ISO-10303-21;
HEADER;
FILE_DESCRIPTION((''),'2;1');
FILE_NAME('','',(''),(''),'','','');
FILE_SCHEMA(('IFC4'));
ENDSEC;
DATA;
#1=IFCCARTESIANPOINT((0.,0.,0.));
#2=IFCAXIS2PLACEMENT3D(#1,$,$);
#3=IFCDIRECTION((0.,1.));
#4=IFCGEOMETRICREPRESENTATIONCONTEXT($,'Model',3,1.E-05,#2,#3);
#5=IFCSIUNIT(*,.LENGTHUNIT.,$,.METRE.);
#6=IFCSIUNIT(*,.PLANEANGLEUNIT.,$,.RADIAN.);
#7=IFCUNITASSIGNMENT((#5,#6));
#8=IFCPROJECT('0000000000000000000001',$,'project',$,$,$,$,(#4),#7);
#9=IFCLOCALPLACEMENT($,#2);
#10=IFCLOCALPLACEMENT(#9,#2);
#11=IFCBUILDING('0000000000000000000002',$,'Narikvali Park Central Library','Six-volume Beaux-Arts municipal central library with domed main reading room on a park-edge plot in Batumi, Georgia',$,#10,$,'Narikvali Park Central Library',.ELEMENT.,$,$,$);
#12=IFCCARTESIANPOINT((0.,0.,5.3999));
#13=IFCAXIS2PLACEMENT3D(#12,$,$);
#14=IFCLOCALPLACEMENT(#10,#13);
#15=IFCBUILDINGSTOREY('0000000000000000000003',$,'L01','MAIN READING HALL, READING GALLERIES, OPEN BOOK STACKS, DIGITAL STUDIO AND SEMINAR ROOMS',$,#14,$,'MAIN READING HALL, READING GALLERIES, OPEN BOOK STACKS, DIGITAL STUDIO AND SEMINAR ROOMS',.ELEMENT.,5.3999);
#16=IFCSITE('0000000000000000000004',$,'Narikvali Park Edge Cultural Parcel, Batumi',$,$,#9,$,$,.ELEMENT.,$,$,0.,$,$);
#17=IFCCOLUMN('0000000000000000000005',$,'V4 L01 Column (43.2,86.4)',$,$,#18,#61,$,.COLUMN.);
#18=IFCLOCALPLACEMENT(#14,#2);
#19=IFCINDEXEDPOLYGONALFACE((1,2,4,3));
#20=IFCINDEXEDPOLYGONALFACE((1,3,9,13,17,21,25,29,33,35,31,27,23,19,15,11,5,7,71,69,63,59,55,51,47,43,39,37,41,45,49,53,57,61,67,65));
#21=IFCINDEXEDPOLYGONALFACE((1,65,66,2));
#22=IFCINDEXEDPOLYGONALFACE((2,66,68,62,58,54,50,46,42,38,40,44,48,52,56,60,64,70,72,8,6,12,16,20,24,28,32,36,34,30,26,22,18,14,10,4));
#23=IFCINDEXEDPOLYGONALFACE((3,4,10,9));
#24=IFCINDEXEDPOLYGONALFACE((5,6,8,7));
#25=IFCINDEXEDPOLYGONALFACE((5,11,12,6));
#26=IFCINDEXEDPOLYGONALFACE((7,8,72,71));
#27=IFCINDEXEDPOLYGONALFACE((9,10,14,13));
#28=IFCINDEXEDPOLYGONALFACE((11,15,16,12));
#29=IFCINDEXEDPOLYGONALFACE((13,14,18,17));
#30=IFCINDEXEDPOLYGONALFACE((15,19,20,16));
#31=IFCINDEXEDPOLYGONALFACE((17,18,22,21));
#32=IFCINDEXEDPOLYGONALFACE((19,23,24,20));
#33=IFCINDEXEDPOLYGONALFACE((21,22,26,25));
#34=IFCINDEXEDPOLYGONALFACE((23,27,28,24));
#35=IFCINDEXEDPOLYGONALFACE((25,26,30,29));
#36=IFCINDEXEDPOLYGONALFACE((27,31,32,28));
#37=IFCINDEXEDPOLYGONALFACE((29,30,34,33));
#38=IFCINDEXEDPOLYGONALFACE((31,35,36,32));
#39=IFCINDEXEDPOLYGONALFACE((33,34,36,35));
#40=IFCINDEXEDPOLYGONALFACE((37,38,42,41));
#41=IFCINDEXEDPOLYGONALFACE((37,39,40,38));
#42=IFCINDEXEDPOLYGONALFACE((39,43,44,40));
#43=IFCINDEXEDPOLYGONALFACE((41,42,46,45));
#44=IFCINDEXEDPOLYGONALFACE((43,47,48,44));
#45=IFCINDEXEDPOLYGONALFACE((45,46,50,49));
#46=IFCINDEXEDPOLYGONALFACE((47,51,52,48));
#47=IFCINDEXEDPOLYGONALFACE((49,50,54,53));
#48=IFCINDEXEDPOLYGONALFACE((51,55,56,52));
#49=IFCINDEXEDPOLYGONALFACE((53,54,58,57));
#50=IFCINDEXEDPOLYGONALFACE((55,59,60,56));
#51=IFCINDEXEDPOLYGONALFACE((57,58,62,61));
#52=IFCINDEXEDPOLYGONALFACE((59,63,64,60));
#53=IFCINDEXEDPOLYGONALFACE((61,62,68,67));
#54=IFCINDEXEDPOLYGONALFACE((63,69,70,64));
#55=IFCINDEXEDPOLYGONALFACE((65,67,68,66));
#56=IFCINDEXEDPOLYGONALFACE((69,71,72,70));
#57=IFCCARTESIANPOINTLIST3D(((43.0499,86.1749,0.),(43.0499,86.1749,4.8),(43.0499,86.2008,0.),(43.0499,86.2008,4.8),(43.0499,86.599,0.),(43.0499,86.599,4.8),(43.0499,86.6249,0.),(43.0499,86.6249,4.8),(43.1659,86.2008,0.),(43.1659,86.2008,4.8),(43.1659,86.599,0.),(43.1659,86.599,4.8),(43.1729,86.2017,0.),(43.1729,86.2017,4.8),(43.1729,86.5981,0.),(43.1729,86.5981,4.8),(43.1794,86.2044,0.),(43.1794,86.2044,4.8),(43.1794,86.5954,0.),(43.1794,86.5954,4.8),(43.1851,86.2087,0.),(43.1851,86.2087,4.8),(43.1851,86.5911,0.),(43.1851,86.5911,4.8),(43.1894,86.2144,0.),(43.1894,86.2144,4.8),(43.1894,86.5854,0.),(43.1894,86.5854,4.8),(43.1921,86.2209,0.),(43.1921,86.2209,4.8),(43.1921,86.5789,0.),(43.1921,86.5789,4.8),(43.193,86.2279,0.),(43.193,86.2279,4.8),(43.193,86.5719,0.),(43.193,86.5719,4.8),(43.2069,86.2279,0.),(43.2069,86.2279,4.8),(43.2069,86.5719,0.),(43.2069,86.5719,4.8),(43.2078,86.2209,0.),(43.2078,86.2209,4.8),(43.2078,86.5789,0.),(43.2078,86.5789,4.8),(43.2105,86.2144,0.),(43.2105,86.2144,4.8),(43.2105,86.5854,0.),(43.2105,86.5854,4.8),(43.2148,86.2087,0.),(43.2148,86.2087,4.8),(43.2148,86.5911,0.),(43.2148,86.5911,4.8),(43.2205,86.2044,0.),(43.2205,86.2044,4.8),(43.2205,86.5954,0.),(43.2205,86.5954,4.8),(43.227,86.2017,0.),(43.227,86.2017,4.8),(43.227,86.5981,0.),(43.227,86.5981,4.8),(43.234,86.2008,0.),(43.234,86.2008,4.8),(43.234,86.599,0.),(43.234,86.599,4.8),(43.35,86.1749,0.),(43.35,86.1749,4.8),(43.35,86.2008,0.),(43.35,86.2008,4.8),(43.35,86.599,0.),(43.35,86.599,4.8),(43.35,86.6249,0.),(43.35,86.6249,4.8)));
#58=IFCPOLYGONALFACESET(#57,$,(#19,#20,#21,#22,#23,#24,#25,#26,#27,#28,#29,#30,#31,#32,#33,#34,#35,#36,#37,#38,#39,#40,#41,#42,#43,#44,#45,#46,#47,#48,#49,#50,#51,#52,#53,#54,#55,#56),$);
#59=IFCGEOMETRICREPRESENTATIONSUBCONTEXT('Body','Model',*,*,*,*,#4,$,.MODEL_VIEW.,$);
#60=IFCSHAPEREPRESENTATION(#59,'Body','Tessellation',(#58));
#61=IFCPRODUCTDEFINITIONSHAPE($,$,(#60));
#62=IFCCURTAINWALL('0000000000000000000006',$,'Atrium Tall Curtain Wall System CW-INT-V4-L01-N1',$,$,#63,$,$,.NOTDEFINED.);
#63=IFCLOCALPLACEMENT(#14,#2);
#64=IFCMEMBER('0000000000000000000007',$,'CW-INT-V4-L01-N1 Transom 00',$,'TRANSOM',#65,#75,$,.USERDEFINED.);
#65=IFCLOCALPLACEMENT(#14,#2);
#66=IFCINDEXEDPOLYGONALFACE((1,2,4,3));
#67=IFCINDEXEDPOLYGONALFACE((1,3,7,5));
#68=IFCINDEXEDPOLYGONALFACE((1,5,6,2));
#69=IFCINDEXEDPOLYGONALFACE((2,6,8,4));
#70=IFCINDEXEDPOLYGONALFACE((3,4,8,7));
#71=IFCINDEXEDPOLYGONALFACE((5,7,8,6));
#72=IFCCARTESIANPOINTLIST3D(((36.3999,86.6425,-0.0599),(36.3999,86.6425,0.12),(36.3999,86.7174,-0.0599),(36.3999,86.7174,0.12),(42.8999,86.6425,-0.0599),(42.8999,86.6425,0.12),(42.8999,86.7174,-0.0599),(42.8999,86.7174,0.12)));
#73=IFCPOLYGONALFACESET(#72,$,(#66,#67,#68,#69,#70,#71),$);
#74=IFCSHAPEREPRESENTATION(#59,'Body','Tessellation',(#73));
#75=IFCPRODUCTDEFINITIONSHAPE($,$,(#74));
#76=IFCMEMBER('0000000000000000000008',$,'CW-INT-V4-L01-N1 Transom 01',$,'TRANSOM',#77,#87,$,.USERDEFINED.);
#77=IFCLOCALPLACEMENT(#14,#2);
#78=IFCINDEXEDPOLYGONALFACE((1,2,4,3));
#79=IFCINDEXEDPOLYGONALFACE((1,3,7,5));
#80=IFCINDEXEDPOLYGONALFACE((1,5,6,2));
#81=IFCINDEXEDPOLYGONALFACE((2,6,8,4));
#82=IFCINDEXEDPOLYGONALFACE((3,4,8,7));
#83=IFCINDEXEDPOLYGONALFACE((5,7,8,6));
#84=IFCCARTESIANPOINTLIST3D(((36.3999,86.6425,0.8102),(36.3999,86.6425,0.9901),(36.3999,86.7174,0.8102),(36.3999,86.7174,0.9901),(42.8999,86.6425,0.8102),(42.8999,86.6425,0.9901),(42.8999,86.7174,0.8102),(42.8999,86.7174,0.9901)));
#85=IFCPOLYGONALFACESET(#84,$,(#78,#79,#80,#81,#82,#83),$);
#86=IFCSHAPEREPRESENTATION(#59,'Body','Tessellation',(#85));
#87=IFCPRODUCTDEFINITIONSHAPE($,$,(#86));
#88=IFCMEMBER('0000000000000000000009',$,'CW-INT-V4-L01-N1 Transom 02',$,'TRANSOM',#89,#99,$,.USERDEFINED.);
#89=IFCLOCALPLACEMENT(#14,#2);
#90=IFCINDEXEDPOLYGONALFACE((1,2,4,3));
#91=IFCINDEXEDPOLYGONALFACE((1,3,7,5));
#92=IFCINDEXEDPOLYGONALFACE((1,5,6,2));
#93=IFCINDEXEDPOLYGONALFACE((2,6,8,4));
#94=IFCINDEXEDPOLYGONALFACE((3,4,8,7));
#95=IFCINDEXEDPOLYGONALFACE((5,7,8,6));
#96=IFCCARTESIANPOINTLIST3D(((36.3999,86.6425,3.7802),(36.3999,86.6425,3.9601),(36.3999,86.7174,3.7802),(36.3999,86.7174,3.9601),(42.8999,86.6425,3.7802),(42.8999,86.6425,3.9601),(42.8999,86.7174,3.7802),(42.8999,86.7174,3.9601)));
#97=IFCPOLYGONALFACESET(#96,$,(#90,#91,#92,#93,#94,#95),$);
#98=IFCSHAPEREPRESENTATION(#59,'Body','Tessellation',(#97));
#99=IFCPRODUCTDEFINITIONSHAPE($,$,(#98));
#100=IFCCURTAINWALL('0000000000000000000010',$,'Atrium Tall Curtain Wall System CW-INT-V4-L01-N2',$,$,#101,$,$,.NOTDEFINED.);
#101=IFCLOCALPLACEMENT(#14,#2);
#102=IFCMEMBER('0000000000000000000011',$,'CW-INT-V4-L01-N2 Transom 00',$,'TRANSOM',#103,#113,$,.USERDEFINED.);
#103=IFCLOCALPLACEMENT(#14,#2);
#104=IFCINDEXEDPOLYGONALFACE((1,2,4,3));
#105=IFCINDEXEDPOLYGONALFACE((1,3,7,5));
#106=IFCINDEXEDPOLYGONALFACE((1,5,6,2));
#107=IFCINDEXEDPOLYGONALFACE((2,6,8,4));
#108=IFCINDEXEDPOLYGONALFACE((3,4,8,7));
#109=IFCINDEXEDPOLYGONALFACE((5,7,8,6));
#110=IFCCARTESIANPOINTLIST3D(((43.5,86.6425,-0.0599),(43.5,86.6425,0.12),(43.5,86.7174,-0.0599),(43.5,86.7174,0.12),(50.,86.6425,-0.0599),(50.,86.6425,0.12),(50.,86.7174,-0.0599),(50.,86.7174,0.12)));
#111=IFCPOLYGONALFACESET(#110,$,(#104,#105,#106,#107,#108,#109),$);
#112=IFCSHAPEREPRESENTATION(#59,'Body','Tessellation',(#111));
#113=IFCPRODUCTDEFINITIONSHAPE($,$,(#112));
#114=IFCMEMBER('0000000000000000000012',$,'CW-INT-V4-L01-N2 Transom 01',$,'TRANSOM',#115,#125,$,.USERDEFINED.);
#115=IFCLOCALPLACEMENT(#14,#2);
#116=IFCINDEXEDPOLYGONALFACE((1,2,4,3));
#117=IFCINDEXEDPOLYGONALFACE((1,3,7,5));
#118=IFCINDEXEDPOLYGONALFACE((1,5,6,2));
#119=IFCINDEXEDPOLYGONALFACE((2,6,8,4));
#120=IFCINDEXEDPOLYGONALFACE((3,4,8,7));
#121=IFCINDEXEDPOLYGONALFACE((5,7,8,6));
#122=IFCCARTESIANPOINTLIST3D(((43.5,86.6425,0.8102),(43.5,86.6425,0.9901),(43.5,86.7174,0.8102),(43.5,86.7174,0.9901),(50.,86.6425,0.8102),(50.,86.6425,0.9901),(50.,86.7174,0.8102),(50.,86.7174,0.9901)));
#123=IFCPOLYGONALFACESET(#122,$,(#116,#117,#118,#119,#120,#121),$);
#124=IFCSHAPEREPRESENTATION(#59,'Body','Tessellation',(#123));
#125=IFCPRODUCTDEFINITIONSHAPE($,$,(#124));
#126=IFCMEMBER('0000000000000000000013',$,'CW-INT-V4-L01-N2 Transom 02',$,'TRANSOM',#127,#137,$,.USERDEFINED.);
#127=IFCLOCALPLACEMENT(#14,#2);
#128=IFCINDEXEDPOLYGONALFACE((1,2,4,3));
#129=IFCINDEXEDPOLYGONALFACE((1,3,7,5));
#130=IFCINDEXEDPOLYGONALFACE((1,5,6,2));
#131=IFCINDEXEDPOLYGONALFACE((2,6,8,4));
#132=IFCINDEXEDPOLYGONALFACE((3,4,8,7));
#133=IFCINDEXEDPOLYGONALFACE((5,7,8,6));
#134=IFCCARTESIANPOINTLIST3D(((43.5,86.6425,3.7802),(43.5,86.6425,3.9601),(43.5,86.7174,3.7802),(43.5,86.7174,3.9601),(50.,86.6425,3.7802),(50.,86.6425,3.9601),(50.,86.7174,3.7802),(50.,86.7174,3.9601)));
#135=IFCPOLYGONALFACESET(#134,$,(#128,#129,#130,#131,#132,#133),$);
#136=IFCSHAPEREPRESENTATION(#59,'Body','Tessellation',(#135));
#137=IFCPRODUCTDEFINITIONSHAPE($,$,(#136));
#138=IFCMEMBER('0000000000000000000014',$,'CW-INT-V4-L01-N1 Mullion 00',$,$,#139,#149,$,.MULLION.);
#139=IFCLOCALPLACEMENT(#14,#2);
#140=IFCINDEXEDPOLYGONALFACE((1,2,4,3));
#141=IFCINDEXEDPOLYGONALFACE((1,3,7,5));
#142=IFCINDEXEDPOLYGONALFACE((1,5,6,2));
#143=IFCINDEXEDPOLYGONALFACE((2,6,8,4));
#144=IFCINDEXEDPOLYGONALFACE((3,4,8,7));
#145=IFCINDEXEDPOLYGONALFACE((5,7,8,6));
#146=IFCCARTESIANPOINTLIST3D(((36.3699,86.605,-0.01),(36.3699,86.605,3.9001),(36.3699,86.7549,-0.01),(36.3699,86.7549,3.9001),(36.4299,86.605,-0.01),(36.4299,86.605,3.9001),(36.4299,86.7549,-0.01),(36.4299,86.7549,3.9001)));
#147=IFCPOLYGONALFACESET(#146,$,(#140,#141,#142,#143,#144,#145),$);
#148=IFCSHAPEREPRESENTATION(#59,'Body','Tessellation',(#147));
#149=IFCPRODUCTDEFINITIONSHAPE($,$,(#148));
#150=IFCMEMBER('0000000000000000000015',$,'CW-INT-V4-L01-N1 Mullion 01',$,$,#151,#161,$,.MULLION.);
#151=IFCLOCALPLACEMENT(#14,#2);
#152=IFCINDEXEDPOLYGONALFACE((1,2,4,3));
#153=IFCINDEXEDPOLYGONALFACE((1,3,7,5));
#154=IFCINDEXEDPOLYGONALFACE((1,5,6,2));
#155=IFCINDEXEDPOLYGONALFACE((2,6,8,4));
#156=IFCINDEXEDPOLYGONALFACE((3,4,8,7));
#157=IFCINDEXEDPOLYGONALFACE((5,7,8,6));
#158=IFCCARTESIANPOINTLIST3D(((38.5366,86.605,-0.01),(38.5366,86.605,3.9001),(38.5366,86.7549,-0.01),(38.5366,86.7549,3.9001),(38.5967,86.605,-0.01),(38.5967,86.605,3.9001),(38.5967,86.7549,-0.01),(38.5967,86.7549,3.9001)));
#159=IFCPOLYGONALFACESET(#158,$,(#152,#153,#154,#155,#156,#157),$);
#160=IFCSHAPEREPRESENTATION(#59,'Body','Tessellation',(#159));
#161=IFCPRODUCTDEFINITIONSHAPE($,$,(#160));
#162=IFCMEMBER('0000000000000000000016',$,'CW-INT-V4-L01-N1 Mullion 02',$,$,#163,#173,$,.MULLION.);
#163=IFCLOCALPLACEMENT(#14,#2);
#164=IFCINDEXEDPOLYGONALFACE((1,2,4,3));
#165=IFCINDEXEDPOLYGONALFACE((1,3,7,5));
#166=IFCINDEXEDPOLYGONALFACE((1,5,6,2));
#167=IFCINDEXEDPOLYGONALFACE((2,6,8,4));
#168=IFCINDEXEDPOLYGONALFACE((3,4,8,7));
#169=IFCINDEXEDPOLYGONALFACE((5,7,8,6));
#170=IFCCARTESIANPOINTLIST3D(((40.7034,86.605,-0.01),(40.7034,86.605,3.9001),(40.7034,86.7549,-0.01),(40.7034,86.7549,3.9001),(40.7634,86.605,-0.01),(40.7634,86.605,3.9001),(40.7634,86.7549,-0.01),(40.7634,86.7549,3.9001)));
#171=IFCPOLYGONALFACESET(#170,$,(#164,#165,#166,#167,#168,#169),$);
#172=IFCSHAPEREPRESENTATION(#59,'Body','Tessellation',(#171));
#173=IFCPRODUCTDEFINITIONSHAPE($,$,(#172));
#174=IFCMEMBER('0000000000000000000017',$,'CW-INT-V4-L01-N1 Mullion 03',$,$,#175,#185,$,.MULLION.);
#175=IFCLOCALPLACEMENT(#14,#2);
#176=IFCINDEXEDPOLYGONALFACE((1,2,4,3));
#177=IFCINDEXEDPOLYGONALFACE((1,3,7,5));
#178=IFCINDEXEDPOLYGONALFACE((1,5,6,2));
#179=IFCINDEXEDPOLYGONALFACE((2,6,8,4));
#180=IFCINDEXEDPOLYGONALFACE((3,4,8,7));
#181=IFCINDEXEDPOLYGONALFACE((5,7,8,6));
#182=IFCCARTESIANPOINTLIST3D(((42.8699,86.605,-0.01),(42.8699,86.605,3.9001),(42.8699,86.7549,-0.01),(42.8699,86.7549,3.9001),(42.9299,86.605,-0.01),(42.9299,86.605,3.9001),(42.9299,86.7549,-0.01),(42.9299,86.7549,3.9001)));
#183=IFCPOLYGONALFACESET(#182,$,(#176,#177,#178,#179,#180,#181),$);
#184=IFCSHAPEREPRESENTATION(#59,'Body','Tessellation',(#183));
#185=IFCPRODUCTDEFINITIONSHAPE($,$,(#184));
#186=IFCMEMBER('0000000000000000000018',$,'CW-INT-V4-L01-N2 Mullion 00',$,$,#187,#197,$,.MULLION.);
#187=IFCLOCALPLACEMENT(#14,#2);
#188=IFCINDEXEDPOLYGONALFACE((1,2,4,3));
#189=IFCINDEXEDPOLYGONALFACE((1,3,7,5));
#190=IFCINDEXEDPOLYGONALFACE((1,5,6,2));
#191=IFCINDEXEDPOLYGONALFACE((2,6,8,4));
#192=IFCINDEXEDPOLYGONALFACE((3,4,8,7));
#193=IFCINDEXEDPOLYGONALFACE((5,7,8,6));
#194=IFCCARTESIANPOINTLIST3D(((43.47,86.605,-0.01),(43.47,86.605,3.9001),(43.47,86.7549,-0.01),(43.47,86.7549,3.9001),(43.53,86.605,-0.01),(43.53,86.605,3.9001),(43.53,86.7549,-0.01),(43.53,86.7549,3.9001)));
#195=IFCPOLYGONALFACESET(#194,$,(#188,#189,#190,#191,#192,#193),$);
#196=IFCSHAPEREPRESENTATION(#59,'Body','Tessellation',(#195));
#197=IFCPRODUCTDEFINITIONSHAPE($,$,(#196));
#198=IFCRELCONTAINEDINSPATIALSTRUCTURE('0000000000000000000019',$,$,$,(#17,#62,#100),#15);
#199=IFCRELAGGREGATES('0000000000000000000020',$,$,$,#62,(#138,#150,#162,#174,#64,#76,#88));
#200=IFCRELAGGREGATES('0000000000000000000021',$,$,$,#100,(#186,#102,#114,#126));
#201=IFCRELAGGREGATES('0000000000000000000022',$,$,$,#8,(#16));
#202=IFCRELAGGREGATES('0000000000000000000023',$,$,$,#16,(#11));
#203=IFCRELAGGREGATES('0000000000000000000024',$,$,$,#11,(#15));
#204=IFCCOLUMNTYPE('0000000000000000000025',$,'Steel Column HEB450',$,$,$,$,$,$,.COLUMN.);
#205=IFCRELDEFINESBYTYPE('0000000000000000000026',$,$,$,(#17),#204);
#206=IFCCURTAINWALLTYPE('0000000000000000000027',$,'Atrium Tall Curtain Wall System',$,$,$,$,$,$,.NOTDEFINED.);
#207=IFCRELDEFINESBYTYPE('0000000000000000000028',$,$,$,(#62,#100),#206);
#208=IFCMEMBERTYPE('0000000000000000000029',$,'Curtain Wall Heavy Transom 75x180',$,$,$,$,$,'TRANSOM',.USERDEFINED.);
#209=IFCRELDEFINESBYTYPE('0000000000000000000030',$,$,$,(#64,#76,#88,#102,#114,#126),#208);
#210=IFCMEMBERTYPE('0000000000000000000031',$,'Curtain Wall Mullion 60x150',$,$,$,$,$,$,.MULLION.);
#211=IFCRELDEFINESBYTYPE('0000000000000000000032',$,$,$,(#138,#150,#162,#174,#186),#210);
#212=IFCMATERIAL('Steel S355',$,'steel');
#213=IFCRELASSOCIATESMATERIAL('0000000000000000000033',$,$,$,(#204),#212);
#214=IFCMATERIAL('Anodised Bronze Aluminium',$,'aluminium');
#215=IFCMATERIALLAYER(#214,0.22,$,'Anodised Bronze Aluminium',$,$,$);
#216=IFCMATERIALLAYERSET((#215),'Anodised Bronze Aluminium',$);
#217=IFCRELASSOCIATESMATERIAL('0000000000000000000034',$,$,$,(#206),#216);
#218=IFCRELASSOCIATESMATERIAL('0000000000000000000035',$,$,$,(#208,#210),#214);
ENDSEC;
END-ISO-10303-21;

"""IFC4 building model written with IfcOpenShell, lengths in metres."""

from ifc_helpers import new_model, si_unit, direction, frame, origin, origin_2d, place, context, subcontext, project, spatial, rectangle, i_section, extrude, material, layer, layer_set, material_profile, profile_set, type_object, element, aggregate, save


model = new_model("IFC4")

# Units and contexts
model_context = context("Model", 3, precision=1e-05, world=origin(), true_north=direction((0.0, 1.0)))
body_context = subcontext(model_context, "Body", "Model", "MODEL_VIEW")
ifc_project = project(units=[si_unit("LENGTHUNIT", "METRE"), si_unit("PLANEANGLEUNIT", "RADIAN")], contexts=[model_context])

# Site, building, storey
site_placement = place(None, origin())
site = spatial("IfcSite", under=ifc_project, at=site_placement, Name="Narikvali Park Edge Cultural Parcel, Batumi", CompositionType="ELEMENT", RefElevation=0.0)
building_placement = place(site_placement, origin())
building = spatial("IfcBuilding", under=site, at=building_placement, Name="Narikvali Park Central Library", Description="Six-volume Beaux-Arts municipal central library with domed main reading room on a park-edge plot in Batumi, Georgia", LongName="Narikvali Park Central Library", CompositionType="ELEMENT")
storey_placement = place(building_placement, frame((0.0, 0.0, 5.3999)))
storey = spatial("IfcBuildingStorey", under=building, at=storey_placement, Name="L01", Description="MAIN READING HALL, READING GALLERIES, OPEN BOOK STACKS, DIGITAL STUDIO AND SEMINAR ROOMS", LongName="MAIN READING HALL, READING GALLERIES, OPEN BOOK STACKS, DIGITAL STUDIO AND SEMINAR ROOMS", CompositionType="ELEMENT", Elevation=5.3999)

# Column
ifc_material_1 = material(Name="Steel S355", Category="steel")
ifc_material_profile_1 = material_profile(ifc_material_1, i_section(OverallWidth=0.3, OverallDepth=0.45, WebThickness=0.0139, FlangeThickness=0.0259, FilletRadius=0.0271, at=origin_2d()), Name="HEB 450")
ifc_profile_set_1 = profile_set([ifc_material_profile_1], Name="Steel S355")
column_type = type_object("IfcColumnType", Name="Steel Column HEB450", PredefinedType="COLUMN", material=ifc_profile_set_1)
column_placement = place(storey_placement, frame((43.2, 86.3999, 0.0), z_axis=(0.0, 0.0, 1.0), x_axis=(1.0, 0.0, 0.0)))
element("IfcColumn", 1, at=column_placement, inside=storey, type_object=column_type, Name="V4 L01 Column (43.2,86.4)", PredefinedType="COLUMN", context=body_context, shape_type="SweptSolid", body=[
    extrude(i_section(OverallWidth=0.3, OverallDepth=0.45, WebThickness=0.0139, FlangeThickness=0.0259, FilletRadius=0.0271, at=origin_2d()), origin(), (0.0, 0.0, 1.0), 4.8),
])

# Curtain walls, members
ifc_material_2 = material(Name="Anodised Bronze Aluminium", Category="aluminium")
ifc_layer_1 = layer(ifc_material_2, 0.22, Name="Anodised Bronze Aluminium")
ifc_layer_set_1 = layer_set([ifc_layer_1], Name="Anodised Bronze Aluminium")
curtain_wall_type = type_object("IfcCurtainWallType", Name="Atrium Tall Curtain Wall System", PredefinedType="NOTDEFINED", material=ifc_layer_set_1)
curtain_wall_1_placement = place(storey_placement, origin())
curtain_wall_1 = element("IfcCurtainWall", 2, at=curtain_wall_1_placement, inside=storey, type_object=curtain_wall_type, Name="Atrium Tall Curtain Wall System CW-INT-V4-L01-N1", PredefinedType="NOTDEFINED")
ifc_material_profile_2 = material_profile(ifc_material_2, rectangle(XDim=0.075, YDim=0.1799, at=origin_2d()), Name="CW TRANSOM 75x180")
ifc_profile_set_2 = profile_set([ifc_material_profile_2], Name="Anodised Bronze Aluminium")
member_type_1 = type_object("IfcMemberType", Name="Curtain Wall Heavy Transom 75x180", ElementType="TRANSOM", PredefinedType="USERDEFINED", material=ifc_profile_set_2)
member_1_placement = place(storey_placement, frame((36.3999, 86.6799, 0.03), z_axis=(1.0, 0.0, 0.0), x_axis=(0.0, 1.0, 0.0)))
member_1 = element("IfcMember", 3, at=member_1_placement, type_object=member_type_1, Name="CW-INT-V4-L01-N1 Transom 00", ObjectType="TRANSOM", PredefinedType="USERDEFINED", context=body_context, shape_type="SweptSolid", body=[
    extrude(rectangle(XDim=0.075, YDim=0.1799, at=origin_2d()), origin(), (0.0, 0.0, 1.0), 6.5),
])
member_2_placement = place(storey_placement, frame((36.3999, 86.6799, 0.9001), z_axis=(1.0, 0.0, 0.0), x_axis=(0.0, 1.0, 0.0)))
member_2 = element("IfcMember", 4, at=member_2_placement, type_object=member_type_1, Name="CW-INT-V4-L01-N1 Transom 01", ObjectType="TRANSOM", PredefinedType="USERDEFINED", context=body_context, shape_type="SweptSolid", body=[
    extrude(rectangle(XDim=0.075, YDim=0.1799, at=origin_2d()), origin(), (0.0, 0.0, 1.0), 6.5),
])
member_3_placement = place(storey_placement, frame((36.3999, 86.6799, 3.8701), z_axis=(1.0, 0.0, 0.0), x_axis=(0.0, 1.0, 0.0)))
member_3 = element("IfcMember", 5, at=member_3_placement, type_object=member_type_1, Name="CW-INT-V4-L01-N1 Transom 02", ObjectType="TRANSOM", PredefinedType="USERDEFINED", context=body_context, shape_type="SweptSolid", body=[
    extrude(rectangle(XDim=0.075, YDim=0.1799, at=origin_2d()), origin(), (0.0, 0.0, 1.0), 6.5),
])
curtain_wall_2_placement = place(storey_placement, origin())
curtain_wall_2 = element("IfcCurtainWall", 6, at=curtain_wall_2_placement, inside=storey, type_object=curtain_wall_type, Name="Atrium Tall Curtain Wall System CW-INT-V4-L01-N2", PredefinedType="NOTDEFINED")
member_4_placement = place(storey_placement, frame((43.5, 86.6799, 0.03), z_axis=(1.0, 0.0, 0.0), x_axis=(0.0, 1.0, 0.0)))
member_4 = element("IfcMember", 7, at=member_4_placement, type_object=member_type_1, Name="CW-INT-V4-L01-N2 Transom 00", ObjectType="TRANSOM", PredefinedType="USERDEFINED", context=body_context, shape_type="SweptSolid", body=[
    extrude(rectangle(XDim=0.075, YDim=0.1799, at=origin_2d()), origin(), (0.0, 0.0, 1.0), 6.5),
])
member_5_placement = place(storey_placement, frame((43.5, 86.6799, 0.9001), z_axis=(1.0, 0.0, 0.0), x_axis=(0.0, 1.0, 0.0)))
member_5 = element("IfcMember", 8, at=member_5_placement, type_object=member_type_1, Name="CW-INT-V4-L01-N2 Transom 01", ObjectType="TRANSOM", PredefinedType="USERDEFINED", context=body_context, shape_type="SweptSolid", body=[
    extrude(rectangle(XDim=0.075, YDim=0.1799, at=origin_2d()), origin(), (0.0, 0.0, 1.0), 6.5),
])
member_6_placement = place(storey_placement, frame((43.5, 86.6799, 3.8701), z_axis=(1.0, 0.0, 0.0), x_axis=(0.0, 1.0, 0.0)))
member_6 = element("IfcMember", 9, at=member_6_placement, type_object=member_type_1, Name="CW-INT-V4-L01-N2 Transom 02", ObjectType="TRANSOM", PredefinedType="USERDEFINED", context=body_context, shape_type="SweptSolid", body=[
    extrude(rectangle(XDim=0.075, YDim=0.1799, at=origin_2d()), origin(), (0.0, 0.0, 1.0), 6.5),
])

# Members
ifc_material_profile_3 = material_profile(ifc_material_2, rectangle(XDim=0.0601, YDim=0.1499, at=origin_2d()), Name="CW MULLION 60x150")
ifc_profile_set_3 = profile_set([ifc_material_profile_3], Name="Anodised Bronze Aluminium")
member_type_2 = type_object("IfcMemberType", Name="Curtain Wall Mullion 60x150", PredefinedType="MULLION", material=ifc_profile_set_3)
member_7_placement = place(storey_placement, frame((36.3999, 86.6799, -0.01), z_axis=(0.0, 0.0, 1.0), x_axis=(1.0, 0.0, 0.0)))
member_7 = element("IfcMember", 10, at=member_7_placement, type_object=member_type_2, Name="CW-INT-V4-L01-N1 Mullion 00", PredefinedType="MULLION", context=body_context, shape_type="SweptSolid", body=[
    extrude(rectangle(XDim=0.0601, YDim=0.1499, at=origin_2d()), origin(), (0.0, 0.0, 1.0), 3.9102),
])
member_8_placement = place(storey_placement, frame((38.5667, 86.6799, -0.01), z_axis=(0.0, 0.0, 1.0), x_axis=(1.0, 0.0, 0.0)))
member_8 = element("IfcMember", 11, at=member_8_placement, type_object=member_type_2, Name="CW-INT-V4-L01-N1 Mullion 01", PredefinedType="MULLION", context=body_context, shape_type="SweptSolid", body=[
    extrude(rectangle(XDim=0.0601, YDim=0.1499, at=origin_2d()), origin(), (0.0, 0.0, 1.0), 3.9102),
])
member_9_placement = place(storey_placement, frame((40.7334, 86.6799, -0.01), z_axis=(0.0, 0.0, 1.0), x_axis=(1.0, 0.0, 0.0)))
member_9 = element("IfcMember", 12, at=member_9_placement, type_object=member_type_2, Name="CW-INT-V4-L01-N1 Mullion 02", PredefinedType="MULLION", context=body_context, shape_type="SweptSolid", body=[
    extrude(rectangle(XDim=0.0601, YDim=0.1499, at=origin_2d()), origin(), (0.0, 0.0, 1.0), 3.9102),
])
member_10_placement = place(storey_placement, frame((42.8999, 86.6799, -0.01), z_axis=(0.0, 0.0, 1.0), x_axis=(1.0, 0.0, 0.0)))
member_10 = element("IfcMember", 13, at=member_10_placement, type_object=member_type_2, Name="CW-INT-V4-L01-N1 Mullion 03", PredefinedType="MULLION", context=body_context, shape_type="SweptSolid", body=[
    extrude(rectangle(XDim=0.0601, YDim=0.1499, at=origin_2d()), origin(), (0.0, 0.0, 1.0), 3.9102),
])
member_11_placement = place(storey_placement, frame((43.5, 86.6799, -0.01), z_axis=(0.0, 0.0, 1.0), x_axis=(1.0, 0.0, 0.0)))
member_11 = element("IfcMember", 14, at=member_11_placement, type_object=member_type_2, Name="CW-INT-V4-L01-N2 Mullion 00", PredefinedType="MULLION", context=body_context, shape_type="SweptSolid", body=[
    extrude(rectangle(XDim=0.0601, YDim=0.1499, at=origin_2d()), origin(), (0.0, 0.0, 1.0), 3.9102),
])

aggregate(curtain_wall_1, [member_7, member_8, member_9, member_10, member_1, member_2, member_3])
aggregate(curtain_wall_2, [member_11, member_4, member_5, member_6])

save(model, "model.ifc")
